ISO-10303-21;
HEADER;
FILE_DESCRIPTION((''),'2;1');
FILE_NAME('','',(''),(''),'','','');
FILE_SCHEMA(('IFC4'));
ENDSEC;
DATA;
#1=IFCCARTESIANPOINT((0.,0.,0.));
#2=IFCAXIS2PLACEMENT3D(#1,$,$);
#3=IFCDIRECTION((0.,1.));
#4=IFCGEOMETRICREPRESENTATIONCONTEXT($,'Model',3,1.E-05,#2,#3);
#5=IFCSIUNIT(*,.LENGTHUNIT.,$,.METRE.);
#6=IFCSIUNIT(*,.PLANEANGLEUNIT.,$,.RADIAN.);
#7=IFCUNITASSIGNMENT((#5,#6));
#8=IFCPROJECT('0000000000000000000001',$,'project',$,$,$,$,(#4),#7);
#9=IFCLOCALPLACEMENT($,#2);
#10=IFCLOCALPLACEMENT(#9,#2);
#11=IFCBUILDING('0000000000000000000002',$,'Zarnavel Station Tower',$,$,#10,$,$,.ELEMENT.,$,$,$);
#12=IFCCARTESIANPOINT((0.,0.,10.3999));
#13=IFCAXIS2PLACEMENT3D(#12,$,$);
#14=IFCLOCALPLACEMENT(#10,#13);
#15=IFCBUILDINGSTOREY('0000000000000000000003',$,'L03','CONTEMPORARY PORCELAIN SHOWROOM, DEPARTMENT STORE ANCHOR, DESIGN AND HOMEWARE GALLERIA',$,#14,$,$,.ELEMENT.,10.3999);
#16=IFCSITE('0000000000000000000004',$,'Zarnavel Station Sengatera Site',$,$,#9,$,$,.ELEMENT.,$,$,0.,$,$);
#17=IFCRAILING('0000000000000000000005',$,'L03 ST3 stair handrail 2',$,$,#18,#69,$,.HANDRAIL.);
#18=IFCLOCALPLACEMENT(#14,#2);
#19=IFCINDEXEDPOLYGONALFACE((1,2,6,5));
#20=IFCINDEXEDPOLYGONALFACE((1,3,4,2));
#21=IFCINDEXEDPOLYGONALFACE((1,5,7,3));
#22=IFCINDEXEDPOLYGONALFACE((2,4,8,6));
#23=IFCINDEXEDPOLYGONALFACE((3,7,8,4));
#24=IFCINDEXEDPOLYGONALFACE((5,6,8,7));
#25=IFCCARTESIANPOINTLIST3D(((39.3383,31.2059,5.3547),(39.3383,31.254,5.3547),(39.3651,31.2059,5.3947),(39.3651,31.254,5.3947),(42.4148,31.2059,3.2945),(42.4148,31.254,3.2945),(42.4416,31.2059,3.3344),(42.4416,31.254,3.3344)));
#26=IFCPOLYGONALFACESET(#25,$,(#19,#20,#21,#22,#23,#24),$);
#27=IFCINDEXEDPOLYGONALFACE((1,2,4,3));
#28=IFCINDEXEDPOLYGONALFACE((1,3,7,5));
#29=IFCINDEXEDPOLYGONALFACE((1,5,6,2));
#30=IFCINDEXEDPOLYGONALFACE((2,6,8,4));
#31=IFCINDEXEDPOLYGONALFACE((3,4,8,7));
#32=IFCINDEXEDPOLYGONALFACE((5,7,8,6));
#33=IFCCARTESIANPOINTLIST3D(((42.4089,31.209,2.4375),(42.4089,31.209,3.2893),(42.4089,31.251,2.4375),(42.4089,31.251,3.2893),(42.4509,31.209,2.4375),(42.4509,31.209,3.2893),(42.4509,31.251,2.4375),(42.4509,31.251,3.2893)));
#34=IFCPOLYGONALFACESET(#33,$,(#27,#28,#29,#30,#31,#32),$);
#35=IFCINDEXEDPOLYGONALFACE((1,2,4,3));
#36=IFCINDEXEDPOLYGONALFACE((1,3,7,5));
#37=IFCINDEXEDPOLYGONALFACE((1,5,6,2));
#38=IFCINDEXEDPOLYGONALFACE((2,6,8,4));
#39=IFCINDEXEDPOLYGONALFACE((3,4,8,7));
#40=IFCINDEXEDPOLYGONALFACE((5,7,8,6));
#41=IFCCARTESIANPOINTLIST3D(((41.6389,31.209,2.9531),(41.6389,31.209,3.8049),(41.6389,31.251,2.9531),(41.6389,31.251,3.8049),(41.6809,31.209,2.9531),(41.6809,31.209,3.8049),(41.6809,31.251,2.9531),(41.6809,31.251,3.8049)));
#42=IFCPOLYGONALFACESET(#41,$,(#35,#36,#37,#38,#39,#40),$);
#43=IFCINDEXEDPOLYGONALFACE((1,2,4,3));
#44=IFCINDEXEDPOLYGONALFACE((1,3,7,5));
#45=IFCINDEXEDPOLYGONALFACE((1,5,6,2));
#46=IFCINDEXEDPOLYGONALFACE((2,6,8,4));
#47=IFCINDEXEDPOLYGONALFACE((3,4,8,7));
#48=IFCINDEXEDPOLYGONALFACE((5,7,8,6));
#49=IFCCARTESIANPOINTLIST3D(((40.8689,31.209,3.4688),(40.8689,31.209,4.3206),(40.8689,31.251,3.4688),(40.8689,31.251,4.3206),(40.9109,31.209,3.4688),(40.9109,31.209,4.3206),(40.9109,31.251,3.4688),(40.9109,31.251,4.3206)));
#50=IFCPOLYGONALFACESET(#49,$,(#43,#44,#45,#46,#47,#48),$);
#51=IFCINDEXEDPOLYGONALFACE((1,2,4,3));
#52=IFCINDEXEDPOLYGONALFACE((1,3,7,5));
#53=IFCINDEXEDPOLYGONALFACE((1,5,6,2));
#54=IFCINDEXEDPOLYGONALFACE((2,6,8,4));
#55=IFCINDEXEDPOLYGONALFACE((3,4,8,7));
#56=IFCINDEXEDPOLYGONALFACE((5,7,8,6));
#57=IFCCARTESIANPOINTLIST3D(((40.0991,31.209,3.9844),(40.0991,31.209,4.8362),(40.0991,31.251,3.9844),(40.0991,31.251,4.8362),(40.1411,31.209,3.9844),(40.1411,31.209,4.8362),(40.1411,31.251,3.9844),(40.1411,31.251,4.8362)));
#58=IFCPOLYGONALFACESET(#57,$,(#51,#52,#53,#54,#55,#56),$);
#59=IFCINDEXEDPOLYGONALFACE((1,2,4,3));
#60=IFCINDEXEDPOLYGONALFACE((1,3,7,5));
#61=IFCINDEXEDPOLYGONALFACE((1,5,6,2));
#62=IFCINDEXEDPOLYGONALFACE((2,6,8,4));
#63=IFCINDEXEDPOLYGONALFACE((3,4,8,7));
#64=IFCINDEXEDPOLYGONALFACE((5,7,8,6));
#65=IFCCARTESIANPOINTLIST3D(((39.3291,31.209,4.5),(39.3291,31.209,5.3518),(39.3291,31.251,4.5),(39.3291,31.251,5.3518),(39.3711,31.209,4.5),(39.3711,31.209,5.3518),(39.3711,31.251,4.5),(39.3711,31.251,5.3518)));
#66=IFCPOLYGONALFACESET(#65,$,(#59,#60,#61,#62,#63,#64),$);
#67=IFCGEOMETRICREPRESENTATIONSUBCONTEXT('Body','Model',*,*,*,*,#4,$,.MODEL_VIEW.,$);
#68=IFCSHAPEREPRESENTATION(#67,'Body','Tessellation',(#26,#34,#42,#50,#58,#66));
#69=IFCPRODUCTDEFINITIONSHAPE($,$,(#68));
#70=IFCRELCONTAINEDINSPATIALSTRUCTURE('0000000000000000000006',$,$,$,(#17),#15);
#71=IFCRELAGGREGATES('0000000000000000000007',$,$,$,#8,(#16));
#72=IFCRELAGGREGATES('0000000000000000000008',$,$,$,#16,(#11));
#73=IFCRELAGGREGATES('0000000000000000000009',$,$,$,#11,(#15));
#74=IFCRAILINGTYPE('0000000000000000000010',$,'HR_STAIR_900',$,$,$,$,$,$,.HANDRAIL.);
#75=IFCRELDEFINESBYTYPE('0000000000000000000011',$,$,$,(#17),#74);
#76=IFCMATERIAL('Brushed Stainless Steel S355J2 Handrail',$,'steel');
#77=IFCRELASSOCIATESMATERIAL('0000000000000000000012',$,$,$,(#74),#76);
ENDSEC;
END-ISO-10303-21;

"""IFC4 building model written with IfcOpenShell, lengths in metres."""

from ifc_helpers import new_model, si_unit, direction, frame, origin, origin_2d, place, context, subcontext, project, spatial, rectangle, extrude, material, type_object, element, save


model = new_model("IFC4")

# Units and contexts
model_context = context("Model", 3, precision=1e-05, world=origin(), true_north=direction((0.0, 1.0)))
body_context = subcontext(model_context, "Body", "Model", "MODEL_VIEW")
ifc_project = project(units=[si_unit("LENGTHUNIT", "METRE"), si_unit("PLANEANGLEUNIT", "RADIAN")], contexts=[model_context])

# Site, building, storey
site_placement = place(None, origin())
site = spatial("IfcSite", under=ifc_project, at=site_placement, Name="Zarnavel Station Sengatera Site", CompositionType="ELEMENT", RefElevation=0.0)
building_placement = place(site_placement, origin())
building = spatial("IfcBuilding", under=site, at=building_placement, Name="Zarnavel Station Tower", CompositionType="ELEMENT")
storey_placement = place(building_placement, frame((0.0, 0.0, 10.3999)))
storey = spatial("IfcBuildingStorey", under=building, at=storey_placement, Name="L03", Description="CONTEMPORARY PORCELAIN SHOWROOM, DEPARTMENT STORE ANCHOR, DESIGN AND HOMEWARE GALLERIA", CompositionType="ELEMENT", Elevation=10.3999)

# Railing
ifc_material_1 = material(Name="Brushed Stainless Steel S355J2 Handrail", Category="steel")
railing_type_1 = type_object("IfcRailingType", Name="HR_STAIR_900", PredefinedType="HANDRAIL", material=ifc_material_1)
railing_1_placement = place(storey_placement, frame((42.4299, 31.23, 2.4375)))
element("IfcRailing", 1, at=railing_1_placement, inside=storey, type_object=railing_type_1, Name="L03 ST3 stair handrail 2", PredefinedType="HANDRAIL", context=body_context, shape_type="SweptSolid", body=[
    extrude(rectangle(XDim=0.0481, YDim=0.0481, at=origin_2d()), frame((-0.0017, 0.0, 0.877), z_axis=(-0.830893, 0.0, 0.556432), x_axis=(0.0, -1.0, 0.0)), (0.0, 0.0, 1.0), 3.7026),
    extrude(rectangle(XDim=0.042, YDim=0.042, at=origin_2d()), origin(), (0.0, 0.0, 1.0), 0.8518),
    extrude(rectangle(XDim=0.042, YDim=0.042, at=origin_2d()), frame((-0.77, 0.0, 0.5156)), (0.0, 0.0, 1.0), 0.8518),
    extrude(rectangle(XDim=0.042, YDim=0.042, at=origin_2d()), frame((-1.54, 0.0, 1.0312)), (0.0, 0.0, 1.0), 0.8518),
    extrude(rectangle(XDim=0.042, YDim=0.042, at=origin_2d()), frame((-2.3098, 0.0, 1.5469)), (0.0, 0.0, 1.0), 0.8518),
    extrude(rectangle(XDim=0.042, YDim=0.042, at=origin_2d()), frame((-3.0798, 0.0, 2.0625)), (0.0, 0.0, 1.0), 0.8518),
])

save(model, "model.ifc")
